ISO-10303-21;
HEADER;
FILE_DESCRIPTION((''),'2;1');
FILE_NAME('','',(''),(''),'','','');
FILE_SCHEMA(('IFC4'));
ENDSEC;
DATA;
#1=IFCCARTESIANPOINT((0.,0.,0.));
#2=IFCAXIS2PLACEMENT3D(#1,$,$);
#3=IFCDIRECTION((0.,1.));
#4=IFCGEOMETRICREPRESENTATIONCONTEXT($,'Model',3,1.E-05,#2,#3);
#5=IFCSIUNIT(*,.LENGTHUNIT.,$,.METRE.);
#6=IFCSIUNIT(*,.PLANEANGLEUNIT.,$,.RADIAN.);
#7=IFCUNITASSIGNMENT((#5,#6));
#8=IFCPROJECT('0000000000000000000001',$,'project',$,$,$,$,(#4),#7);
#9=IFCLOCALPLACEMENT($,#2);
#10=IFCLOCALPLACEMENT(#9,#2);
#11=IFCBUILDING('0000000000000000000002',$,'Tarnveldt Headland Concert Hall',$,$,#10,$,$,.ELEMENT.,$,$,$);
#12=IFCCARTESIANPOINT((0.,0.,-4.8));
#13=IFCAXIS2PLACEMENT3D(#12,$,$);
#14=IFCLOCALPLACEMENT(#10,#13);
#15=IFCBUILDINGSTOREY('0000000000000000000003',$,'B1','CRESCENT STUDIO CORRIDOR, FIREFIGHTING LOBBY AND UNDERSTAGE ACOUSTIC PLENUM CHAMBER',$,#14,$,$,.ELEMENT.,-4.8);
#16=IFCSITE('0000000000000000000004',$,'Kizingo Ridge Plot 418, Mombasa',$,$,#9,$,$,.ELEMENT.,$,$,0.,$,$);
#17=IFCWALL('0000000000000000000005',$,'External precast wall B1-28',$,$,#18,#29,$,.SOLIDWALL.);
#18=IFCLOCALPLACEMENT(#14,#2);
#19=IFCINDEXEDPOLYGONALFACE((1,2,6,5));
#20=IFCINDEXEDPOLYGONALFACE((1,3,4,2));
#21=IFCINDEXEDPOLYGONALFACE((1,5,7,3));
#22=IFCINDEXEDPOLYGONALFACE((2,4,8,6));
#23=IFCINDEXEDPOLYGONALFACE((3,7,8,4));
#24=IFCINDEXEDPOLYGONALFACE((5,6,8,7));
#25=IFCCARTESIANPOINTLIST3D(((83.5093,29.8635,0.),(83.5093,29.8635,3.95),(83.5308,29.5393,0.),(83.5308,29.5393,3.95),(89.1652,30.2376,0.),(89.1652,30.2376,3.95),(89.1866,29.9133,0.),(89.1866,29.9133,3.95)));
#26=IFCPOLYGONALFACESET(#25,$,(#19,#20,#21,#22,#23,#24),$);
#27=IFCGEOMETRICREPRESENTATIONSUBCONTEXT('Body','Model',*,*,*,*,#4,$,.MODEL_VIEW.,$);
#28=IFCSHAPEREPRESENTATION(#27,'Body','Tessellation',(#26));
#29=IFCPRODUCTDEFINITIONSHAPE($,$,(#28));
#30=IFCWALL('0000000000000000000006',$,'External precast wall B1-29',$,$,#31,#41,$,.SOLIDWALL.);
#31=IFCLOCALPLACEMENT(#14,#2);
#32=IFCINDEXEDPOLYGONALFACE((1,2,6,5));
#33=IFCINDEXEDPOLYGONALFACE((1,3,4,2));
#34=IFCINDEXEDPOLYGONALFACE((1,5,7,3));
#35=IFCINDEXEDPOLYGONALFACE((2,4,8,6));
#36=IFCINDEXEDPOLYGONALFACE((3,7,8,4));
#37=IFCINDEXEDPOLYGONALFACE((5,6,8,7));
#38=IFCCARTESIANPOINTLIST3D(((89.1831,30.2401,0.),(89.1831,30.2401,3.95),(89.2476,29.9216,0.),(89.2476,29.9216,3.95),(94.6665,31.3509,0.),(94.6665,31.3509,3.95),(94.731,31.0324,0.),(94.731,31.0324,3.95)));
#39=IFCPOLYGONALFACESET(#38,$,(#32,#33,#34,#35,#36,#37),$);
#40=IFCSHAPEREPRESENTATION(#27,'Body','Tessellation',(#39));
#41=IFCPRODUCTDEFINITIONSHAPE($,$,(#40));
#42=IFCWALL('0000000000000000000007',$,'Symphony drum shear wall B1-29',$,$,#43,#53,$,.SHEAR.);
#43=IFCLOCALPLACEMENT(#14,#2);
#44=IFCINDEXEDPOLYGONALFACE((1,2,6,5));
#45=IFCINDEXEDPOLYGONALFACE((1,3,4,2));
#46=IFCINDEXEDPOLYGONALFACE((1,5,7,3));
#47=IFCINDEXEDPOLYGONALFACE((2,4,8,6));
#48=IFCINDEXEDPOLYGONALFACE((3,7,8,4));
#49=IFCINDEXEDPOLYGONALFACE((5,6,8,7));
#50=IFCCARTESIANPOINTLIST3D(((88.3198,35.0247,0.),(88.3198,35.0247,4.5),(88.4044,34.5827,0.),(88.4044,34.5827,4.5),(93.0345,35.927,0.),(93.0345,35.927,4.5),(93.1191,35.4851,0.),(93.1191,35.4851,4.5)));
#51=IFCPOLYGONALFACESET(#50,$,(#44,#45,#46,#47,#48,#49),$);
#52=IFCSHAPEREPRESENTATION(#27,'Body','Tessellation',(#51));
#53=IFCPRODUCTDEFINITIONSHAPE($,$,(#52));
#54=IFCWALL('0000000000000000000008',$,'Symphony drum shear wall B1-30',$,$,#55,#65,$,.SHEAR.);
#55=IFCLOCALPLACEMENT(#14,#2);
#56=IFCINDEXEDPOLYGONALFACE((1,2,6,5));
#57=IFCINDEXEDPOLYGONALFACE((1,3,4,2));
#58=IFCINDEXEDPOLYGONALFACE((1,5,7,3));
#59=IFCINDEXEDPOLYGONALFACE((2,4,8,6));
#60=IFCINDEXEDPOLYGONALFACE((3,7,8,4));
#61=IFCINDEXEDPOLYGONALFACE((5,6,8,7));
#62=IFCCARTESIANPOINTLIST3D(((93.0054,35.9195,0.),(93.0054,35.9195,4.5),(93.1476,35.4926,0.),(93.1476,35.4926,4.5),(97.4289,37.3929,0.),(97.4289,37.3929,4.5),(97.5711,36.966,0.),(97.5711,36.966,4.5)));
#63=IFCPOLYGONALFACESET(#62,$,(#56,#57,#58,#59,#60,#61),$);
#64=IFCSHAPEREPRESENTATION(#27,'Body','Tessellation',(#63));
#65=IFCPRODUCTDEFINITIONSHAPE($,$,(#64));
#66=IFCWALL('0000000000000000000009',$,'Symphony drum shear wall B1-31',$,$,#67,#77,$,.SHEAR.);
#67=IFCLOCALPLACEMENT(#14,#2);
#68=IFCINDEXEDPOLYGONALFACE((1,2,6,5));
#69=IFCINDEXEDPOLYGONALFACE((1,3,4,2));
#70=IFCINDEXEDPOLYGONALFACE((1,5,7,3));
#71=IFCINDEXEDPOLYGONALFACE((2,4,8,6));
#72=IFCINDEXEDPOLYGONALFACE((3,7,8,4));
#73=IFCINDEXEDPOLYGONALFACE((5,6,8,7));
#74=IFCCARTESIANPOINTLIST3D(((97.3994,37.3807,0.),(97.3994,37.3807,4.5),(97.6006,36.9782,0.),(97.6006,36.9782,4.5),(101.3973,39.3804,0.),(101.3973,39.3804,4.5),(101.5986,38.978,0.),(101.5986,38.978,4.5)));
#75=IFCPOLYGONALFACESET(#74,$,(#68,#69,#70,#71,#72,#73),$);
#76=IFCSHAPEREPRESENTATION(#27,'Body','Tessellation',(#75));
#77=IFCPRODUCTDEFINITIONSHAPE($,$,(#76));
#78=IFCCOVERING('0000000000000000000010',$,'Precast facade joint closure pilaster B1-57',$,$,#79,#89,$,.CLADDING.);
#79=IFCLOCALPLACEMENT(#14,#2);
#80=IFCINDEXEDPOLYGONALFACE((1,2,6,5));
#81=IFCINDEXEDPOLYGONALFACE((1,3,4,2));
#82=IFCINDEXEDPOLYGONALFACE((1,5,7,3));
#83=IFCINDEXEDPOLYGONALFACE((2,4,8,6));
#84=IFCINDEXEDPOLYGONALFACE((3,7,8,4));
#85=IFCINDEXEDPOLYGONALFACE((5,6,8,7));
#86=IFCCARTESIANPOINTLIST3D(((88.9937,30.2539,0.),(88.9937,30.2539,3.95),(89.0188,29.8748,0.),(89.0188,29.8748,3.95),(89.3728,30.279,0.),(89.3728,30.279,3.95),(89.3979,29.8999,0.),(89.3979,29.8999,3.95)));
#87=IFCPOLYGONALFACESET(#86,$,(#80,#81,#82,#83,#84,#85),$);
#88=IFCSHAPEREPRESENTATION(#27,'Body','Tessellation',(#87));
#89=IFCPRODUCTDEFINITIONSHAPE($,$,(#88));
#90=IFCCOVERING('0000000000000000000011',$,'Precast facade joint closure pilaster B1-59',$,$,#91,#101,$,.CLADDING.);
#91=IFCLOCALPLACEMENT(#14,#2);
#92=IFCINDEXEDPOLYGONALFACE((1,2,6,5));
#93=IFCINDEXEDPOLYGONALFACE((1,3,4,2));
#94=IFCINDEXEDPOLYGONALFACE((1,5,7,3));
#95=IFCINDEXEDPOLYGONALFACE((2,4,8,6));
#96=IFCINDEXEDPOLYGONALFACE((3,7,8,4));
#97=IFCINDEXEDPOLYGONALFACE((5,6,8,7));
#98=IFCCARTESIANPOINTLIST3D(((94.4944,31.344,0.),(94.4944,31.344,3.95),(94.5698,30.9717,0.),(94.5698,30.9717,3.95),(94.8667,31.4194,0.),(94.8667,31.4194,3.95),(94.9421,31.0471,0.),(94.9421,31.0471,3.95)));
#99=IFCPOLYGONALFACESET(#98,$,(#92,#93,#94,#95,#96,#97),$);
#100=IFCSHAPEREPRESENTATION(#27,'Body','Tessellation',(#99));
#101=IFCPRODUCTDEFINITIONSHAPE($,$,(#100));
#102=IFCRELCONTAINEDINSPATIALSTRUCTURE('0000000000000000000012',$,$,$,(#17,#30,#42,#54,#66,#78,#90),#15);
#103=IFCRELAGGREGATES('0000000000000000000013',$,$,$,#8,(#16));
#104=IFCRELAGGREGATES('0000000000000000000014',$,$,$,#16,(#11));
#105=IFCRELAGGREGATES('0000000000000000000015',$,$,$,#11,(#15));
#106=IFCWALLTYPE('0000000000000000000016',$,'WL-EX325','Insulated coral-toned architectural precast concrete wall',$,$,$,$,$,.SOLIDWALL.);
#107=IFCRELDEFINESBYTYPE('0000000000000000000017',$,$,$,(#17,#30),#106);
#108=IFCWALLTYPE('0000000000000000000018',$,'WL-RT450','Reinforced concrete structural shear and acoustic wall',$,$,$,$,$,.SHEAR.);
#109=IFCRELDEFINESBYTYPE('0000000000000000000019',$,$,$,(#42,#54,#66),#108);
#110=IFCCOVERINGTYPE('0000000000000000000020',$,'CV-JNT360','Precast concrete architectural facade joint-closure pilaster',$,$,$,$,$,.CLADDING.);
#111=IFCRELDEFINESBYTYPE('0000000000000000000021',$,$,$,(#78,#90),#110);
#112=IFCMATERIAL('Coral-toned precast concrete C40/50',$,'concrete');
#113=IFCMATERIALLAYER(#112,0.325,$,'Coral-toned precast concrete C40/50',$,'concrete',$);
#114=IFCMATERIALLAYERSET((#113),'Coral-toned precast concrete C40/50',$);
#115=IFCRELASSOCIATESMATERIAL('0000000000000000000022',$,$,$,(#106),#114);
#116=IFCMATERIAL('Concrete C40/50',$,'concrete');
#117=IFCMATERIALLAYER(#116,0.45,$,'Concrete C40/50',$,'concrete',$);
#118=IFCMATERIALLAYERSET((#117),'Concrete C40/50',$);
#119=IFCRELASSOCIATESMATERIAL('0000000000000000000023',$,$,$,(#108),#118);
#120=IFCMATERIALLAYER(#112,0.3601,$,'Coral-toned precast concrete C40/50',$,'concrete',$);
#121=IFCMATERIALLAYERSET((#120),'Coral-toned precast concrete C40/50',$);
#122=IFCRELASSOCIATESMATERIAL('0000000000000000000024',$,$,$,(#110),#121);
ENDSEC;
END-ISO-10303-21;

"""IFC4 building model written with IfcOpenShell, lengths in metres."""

from ifc_helpers import new_model, si_unit, direction, frame, frame_2d, origin, origin_2d, place, context, subcontext, project, spatial, rectangle, extrude, material, layer, layer_set, type_object, element, save


model = new_model("IFC4")

# Units and contexts
model_context = context("Model", 3, precision=1e-05, world=origin(), true_north=direction((0.0, 1.0)))
body_context = subcontext(model_context, "Body", "Model", "MODEL_VIEW")
ifc_project = project(units=[si_unit("LENGTHUNIT", "METRE"), si_unit("PLANEANGLEUNIT", "RADIAN")], contexts=[model_context])

# Site, building, storey
site_placement = place(None, origin())
site = spatial("IfcSite", under=ifc_project, at=site_placement, Name="Kizingo Ridge Plot 418, Mombasa", CompositionType="ELEMENT", RefElevation=0.0)
building_placement = place(site_placement, origin())
building = spatial("IfcBuilding", under=site, at=building_placement, Name="Tarnveldt Headland Concert Hall", CompositionType="ELEMENT")
storey_placement = place(building_placement, frame((0.0, 0.0, -4.8)))
storey = spatial("IfcBuildingStorey", under=building, at=storey_placement, Name="B1", Description="CRESCENT STUDIO CORRIDOR, FIREFIGHTING LOBBY AND UNDERSTAGE ACOUSTIC PLENUM CHAMBER", CompositionType="ELEMENT", Elevation=-4.8)

# Shared definitions
ifc_material_1 = material(Name="Concrete C40/50", Category="concrete")

# Walls
ifc_material_2 = material(Name="Coral-toned precast concrete C40/50", Category="concrete")
ifc_layer_1 = layer(ifc_material_2, 0.325, Name="Coral-toned precast concrete C40/50", Category="concrete")
ifc_layer_set_1 = layer_set([ifc_layer_1], Name="Coral-toned precast concrete C40/50")
wall_type_1 = type_object("IfcWallType", Name="WL-EX325", Description="Insulated coral-toned architectural precast concrete wall", PredefinedType="SOLIDWALL", material=ifc_layer_set_1)
wall_1_placement = place(storey_placement, frame((89.1758, 30.0754, 0.0), z_axis=(0.0, 0.0, 1.0), x_axis=(-0.99782, -0.065987, 0.0)))
element("IfcWall", 1, at=wall_1_placement, inside=storey, type_object=wall_type_1, Name="External precast wall B1-28", PredefinedType="SOLIDWALL", context=body_context, shape_type="SweptSolid", body=[
    extrude(rectangle(XDim=5.6682, YDim=0.325, at=frame_2d((2.834, 0.0))), origin(), (0.0, 0.0, 1.0), 3.95),
])
wall_2_placement = place(storey_placement, frame((94.6987, 31.1917, 0.0), z_axis=(0.0, 0.0, 1.0), x_axis=(-0.980091, -0.198549, 0.0)))
element("IfcWall", 2, at=wall_2_placement, inside=storey, type_object=wall_type_1, Name="External precast wall B1-29", PredefinedType="SOLIDWALL", context=body_context, shape_type="SweptSolid", body=[
    extrude(rectangle(XDim=5.5947, YDim=0.325, at=frame_2d((2.7974, 0.0))), origin(), (0.0, 0.0, 1.0), 3.95),
])
ifc_layer_2 = layer(ifc_material_1, 0.45, Name="Concrete C40/50", Category="concrete")
ifc_layer_set_2 = layer_set([ifc_layer_2], Name="Concrete C40/50")
wall_type_2 = type_object("IfcWallType", Name="WL-RT450", Description="Reinforced concrete structural shear and acoustic wall", PredefinedType="SHEAR", material=ifc_layer_set_2)
wall_3_placement = place(storey_placement, frame((88.3621, 34.8037, 0.0), z_axis=(0.0, 0.0, 1.0), x_axis=(0.982173, 0.187981, 0.0)))
element("IfcWall", 3, at=wall_3_placement, inside=storey, type_object=wall_type_2, Name="Symphony drum shear wall B1-29", PredefinedType="SHEAR", context=body_context, shape_type="SweptSolid", body=[
    extrude(rectangle(XDim=4.8003, YDim=0.45, at=frame_2d((2.4001, 0.0))), origin(), (0.0, 0.0, 1.0), 4.5),
])
wall_4_placement = place(storey_placement, frame((93.0767, 35.7061, 0.0), z_axis=(0.0, 0.0, 1.0), x_axis=(0.948751, 0.316024, 0.0)))
element("IfcWall", 4, at=wall_4_placement, inside=storey, type_object=wall_type_2, Name="Symphony drum shear wall B1-30", PredefinedType="SHEAR", context=body_context, shape_type="SweptSolid", body=[
    extrude(rectangle(XDim=4.6624, YDim=0.45, at=frame_2d((2.3311, 0.0))), origin(), (0.0, 0.0, 1.0), 4.5),
])
wall_5_placement = place(storey_placement, frame((97.5, 37.1794, 0.0), z_axis=(0.0, 0.0, 1.0), x_axis=(0.894362, 0.447345, 0.0)))
element("IfcWall", 5, at=wall_5_placement, inside=storey, type_object=wall_type_2, Name="Symphony drum shear wall B1-31", PredefinedType="SHEAR", context=body_context, shape_type="SweptSolid", body=[
    extrude(rectangle(XDim=4.4702, YDim=0.45, at=frame_2d((2.2351, 0.0))), origin(), (0.0, 0.0, 1.0), 4.5),
])

# Coverings
ifc_layer_3 = layer(ifc_material_2, 0.3601, Name="Coral-toned precast concrete C40/50", Category="concrete")
ifc_layer_set_3 = layer_set([ifc_layer_3], Name="Coral-toned precast concrete C40/50")
covering_type = type_object("IfcCoveringType", Name="CV-JNT360", Description="Precast concrete architectural facade joint-closure pilaster", PredefinedType="CLADDING", material=ifc_layer_set_3)
for number, where, z_axis, x_axis, name in (
    (6, (89.1958, 30.0769, 0.0), (0.0, 0.0, 1.0), (-0.997813, -0.0661, 0.0), "Precast facade joint closure pilaster B1-57"),
    (7, (94.7183, 31.1956, 0.0), (0.0, 0.0, 1.0), (-0.980098, -0.198513, 0.0), "Precast facade joint closure pilaster B1-59"),
):
    element("IfcCovering", number, at=place(storey_placement, frame(where, z_axis=z_axis, x_axis=x_axis)), inside=storey, type_object=covering_type, Name=name, PredefinedType="CLADDING", context=body_context, shape_type="SweptSolid", body=[
        extrude(rectangle(XDim=0.3799, YDim=0.3799, at=origin_2d()), origin(), (0.0, 0.0, 1.0), 3.95),
    ])

save(model, "model.ifc")
